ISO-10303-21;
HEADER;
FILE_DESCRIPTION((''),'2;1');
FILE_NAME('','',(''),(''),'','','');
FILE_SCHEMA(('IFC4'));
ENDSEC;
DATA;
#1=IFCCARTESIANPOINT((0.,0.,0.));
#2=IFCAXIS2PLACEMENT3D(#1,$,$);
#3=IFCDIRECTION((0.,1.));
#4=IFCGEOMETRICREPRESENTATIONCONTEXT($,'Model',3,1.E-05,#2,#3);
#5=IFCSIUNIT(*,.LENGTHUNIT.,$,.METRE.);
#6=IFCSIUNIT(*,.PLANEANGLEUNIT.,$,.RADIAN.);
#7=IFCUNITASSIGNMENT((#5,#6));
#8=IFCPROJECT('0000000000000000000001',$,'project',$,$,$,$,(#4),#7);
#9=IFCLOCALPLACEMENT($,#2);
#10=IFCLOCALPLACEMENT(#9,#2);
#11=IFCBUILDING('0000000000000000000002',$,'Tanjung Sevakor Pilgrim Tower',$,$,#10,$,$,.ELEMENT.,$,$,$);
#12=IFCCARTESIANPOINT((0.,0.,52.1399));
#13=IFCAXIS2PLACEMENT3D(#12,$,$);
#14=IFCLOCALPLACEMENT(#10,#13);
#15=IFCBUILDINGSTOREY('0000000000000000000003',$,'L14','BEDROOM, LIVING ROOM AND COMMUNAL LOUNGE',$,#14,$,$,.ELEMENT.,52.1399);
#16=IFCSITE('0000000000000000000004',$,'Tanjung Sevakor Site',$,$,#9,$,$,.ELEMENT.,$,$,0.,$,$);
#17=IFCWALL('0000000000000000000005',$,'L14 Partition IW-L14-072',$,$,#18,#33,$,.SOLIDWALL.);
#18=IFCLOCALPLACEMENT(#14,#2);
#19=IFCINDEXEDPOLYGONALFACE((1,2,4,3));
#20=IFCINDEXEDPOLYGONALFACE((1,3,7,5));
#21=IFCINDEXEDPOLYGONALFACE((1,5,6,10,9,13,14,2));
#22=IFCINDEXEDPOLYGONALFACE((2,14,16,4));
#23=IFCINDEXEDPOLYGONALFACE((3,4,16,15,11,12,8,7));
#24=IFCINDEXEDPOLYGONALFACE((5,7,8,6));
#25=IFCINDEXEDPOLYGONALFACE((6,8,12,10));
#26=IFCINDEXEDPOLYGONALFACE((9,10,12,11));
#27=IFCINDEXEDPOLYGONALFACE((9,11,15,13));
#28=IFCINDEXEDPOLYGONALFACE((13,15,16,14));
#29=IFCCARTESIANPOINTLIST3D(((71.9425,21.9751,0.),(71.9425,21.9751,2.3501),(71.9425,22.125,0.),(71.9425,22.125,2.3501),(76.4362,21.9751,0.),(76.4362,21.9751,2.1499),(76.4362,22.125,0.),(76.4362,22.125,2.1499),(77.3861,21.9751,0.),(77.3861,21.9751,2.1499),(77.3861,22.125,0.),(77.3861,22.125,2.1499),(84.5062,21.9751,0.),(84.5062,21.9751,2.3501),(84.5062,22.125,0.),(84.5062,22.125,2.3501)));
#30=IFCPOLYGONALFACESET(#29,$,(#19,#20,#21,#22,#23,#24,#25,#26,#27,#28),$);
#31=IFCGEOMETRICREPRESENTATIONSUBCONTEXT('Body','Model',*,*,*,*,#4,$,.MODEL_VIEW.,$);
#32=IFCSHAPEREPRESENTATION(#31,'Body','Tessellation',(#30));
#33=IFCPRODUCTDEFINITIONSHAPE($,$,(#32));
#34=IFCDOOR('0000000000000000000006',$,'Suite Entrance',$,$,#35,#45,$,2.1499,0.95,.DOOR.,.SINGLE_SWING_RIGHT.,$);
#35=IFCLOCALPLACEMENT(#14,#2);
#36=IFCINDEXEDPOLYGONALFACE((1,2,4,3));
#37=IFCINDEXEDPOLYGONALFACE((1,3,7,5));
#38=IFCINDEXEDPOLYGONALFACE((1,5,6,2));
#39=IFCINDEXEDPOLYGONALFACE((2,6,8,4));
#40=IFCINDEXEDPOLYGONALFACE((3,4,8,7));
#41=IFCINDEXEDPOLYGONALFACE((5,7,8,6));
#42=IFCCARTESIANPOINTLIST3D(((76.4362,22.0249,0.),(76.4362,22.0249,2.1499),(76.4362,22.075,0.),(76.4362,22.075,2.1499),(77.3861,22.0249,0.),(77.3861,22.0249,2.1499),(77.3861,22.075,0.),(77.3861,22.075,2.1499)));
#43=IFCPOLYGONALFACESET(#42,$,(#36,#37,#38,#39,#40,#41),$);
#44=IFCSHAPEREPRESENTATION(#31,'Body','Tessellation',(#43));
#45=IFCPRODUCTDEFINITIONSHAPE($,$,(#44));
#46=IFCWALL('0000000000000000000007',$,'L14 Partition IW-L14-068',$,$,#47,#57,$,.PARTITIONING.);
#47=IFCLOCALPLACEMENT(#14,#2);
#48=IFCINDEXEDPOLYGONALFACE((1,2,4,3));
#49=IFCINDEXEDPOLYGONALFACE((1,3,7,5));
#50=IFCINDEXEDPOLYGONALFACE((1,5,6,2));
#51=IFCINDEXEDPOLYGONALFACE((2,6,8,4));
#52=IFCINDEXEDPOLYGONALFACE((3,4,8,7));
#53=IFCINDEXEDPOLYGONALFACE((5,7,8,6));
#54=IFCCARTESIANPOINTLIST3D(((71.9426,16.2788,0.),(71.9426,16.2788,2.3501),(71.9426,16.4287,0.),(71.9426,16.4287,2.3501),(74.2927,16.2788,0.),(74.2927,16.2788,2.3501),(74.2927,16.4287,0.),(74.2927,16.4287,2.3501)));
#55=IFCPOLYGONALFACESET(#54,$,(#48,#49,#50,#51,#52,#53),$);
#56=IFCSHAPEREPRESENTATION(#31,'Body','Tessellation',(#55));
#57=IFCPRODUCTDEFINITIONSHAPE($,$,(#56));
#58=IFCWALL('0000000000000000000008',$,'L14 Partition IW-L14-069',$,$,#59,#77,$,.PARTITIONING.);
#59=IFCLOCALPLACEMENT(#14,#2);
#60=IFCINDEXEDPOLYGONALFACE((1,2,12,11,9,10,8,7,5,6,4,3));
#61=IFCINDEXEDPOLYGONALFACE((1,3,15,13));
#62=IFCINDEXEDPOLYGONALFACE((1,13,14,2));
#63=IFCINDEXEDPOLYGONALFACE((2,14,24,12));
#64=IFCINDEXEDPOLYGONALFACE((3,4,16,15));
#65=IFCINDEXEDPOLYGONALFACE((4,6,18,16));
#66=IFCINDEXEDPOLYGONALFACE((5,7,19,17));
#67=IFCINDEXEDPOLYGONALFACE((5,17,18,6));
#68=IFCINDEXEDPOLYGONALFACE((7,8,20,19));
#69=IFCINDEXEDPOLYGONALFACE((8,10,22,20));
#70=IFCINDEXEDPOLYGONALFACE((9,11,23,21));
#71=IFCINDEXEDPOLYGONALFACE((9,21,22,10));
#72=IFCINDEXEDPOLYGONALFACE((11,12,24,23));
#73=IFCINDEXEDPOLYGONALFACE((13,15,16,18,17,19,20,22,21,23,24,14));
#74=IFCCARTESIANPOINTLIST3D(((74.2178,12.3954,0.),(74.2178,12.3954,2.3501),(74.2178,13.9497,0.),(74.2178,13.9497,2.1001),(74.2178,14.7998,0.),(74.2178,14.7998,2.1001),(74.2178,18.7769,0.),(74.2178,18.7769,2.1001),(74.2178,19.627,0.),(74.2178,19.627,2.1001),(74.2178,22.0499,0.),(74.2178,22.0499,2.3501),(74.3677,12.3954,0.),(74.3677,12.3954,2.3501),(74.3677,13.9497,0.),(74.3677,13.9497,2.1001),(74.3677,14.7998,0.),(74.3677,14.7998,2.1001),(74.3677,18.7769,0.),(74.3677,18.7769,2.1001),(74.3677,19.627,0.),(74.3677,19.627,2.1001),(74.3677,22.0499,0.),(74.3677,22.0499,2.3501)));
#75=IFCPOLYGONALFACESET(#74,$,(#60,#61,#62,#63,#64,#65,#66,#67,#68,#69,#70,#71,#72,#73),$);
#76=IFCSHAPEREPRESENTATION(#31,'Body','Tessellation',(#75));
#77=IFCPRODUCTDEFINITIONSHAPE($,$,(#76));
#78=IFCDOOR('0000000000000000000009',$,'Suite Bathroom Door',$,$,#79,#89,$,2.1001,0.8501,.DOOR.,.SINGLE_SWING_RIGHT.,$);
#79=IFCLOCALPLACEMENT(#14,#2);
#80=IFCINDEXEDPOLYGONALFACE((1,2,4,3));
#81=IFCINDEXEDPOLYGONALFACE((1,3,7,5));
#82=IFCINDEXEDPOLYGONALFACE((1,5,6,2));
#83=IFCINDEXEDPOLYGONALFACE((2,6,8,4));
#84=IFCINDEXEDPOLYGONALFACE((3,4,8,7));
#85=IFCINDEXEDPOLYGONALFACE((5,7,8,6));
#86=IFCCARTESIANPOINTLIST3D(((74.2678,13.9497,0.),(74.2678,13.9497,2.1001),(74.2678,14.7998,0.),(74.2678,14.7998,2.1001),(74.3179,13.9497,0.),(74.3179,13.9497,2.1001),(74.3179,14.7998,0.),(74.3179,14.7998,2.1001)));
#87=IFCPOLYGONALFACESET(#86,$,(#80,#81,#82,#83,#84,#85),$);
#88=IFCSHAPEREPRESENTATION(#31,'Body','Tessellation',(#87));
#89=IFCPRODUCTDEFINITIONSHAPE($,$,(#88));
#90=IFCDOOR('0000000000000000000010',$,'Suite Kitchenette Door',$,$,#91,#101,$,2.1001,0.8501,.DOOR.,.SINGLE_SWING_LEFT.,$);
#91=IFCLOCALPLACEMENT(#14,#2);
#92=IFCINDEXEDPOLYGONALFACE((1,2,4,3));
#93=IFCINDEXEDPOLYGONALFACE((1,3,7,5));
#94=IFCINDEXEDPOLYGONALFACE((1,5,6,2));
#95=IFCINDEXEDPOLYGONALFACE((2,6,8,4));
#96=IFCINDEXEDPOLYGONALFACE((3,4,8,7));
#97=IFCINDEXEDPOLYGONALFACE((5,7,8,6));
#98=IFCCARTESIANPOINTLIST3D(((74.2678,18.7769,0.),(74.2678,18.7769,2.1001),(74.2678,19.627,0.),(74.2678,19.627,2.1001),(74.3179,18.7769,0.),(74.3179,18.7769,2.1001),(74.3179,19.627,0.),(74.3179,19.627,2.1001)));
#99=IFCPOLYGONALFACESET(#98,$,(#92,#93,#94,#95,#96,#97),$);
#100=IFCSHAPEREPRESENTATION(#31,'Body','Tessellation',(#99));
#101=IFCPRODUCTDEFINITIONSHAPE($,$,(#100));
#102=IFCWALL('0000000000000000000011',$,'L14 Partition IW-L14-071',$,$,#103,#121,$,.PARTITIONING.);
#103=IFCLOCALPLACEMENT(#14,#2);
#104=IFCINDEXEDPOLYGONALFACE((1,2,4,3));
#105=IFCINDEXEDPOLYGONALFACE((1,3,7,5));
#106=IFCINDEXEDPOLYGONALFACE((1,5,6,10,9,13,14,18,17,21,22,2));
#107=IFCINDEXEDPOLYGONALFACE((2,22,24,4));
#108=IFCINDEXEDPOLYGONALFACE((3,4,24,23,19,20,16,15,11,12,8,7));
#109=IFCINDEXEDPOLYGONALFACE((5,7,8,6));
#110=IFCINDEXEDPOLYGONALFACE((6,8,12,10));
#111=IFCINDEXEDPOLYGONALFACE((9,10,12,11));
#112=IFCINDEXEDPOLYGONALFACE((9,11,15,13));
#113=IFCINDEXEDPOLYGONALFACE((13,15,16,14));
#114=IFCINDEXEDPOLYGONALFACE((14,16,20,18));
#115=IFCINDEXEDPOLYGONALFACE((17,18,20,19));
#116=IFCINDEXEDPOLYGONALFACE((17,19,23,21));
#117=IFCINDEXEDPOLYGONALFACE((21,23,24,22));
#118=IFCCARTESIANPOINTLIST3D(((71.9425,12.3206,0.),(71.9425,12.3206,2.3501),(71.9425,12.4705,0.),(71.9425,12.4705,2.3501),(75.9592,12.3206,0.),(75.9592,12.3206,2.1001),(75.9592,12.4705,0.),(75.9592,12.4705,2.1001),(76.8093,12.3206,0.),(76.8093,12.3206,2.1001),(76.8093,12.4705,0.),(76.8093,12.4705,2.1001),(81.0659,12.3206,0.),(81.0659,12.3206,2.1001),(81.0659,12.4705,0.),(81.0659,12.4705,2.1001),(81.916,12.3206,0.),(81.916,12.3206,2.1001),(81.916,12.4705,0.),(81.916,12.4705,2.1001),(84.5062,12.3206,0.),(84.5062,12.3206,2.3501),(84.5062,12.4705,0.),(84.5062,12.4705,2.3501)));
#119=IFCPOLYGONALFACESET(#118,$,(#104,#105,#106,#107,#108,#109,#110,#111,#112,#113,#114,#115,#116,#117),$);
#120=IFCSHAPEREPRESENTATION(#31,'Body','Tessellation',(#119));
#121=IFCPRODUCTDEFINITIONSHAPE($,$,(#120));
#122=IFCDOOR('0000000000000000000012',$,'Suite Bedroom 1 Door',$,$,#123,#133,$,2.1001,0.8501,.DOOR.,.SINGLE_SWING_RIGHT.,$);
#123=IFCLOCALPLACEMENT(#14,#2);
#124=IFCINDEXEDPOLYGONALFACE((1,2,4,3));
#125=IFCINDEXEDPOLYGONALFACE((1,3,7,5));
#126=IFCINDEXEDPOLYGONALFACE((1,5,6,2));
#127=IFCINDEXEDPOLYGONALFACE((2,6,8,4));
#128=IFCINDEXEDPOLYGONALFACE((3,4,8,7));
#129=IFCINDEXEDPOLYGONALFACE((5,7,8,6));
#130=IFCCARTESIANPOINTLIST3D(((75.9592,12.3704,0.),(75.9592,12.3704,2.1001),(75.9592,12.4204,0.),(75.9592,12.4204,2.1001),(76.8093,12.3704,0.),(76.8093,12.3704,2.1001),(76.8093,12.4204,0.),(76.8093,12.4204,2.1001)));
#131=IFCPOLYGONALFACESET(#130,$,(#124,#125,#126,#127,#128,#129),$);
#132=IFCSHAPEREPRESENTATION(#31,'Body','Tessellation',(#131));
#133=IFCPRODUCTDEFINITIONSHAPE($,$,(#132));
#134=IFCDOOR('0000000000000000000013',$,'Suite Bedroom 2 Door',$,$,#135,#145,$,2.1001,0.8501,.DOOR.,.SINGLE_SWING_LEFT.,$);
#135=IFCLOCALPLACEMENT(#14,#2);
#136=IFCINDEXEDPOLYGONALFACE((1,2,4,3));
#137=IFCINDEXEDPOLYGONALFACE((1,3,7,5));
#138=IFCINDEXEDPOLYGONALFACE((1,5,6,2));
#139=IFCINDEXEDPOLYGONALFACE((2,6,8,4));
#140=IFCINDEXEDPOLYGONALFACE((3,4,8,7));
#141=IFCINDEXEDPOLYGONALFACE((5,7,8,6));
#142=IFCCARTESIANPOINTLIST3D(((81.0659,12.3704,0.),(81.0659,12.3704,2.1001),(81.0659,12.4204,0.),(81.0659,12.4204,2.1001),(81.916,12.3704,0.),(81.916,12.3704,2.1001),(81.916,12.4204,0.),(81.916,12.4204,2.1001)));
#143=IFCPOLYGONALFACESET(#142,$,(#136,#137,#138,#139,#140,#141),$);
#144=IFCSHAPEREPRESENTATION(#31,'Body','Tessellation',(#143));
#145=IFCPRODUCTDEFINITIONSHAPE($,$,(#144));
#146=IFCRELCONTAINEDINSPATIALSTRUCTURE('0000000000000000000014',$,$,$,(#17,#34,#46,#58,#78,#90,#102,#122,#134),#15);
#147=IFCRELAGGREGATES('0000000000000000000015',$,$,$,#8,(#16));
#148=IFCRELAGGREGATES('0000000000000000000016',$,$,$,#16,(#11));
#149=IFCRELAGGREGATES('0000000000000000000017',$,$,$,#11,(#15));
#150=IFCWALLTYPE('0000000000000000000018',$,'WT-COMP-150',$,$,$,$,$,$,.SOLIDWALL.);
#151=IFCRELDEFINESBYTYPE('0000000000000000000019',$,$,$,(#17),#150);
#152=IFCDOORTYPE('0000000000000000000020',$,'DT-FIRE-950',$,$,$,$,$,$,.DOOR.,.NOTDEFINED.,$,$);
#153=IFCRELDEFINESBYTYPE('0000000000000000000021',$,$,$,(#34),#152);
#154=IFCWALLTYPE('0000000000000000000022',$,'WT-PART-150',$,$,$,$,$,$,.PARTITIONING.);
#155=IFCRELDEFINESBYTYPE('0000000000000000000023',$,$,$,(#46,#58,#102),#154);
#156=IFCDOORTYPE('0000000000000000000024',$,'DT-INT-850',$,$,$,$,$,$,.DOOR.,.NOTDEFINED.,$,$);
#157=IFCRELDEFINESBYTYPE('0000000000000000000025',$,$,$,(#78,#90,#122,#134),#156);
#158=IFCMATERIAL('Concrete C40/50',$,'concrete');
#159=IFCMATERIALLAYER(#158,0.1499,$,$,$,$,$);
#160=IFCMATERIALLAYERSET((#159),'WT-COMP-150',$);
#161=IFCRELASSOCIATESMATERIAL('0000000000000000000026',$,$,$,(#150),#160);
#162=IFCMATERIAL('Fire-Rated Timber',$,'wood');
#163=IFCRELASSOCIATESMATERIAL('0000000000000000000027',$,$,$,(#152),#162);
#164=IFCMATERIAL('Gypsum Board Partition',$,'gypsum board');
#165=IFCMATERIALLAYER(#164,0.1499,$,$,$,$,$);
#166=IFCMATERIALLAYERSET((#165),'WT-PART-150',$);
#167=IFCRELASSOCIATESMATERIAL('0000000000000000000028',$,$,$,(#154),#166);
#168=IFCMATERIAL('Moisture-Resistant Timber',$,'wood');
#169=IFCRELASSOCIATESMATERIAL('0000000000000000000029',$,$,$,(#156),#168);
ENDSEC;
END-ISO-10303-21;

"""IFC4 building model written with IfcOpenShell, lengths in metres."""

from ifc_helpers import new_model, si_unit, direction, frame, frame_2d, origin, place, context, subcontext, project, spatial, rectangle, extrude, material, layer, layer_set, type_object, element, fill, save


model = new_model("IFC4")

# Units and contexts
model_context = context("Model", 3, precision=1e-05, world=origin(), true_north=direction((0.0, 1.0)))
body_context = subcontext(model_context, "Body", "Model", "MODEL_VIEW")
ifc_project = project(units=[si_unit("LENGTHUNIT", "METRE"), si_unit("PLANEANGLEUNIT", "RADIAN")], contexts=[model_context])

# Site, building, storey
site_placement = place(None, origin())
site = spatial("IfcSite", under=ifc_project, at=site_placement, Name="Tanjung Sevakor Site", CompositionType="ELEMENT", RefElevation=0.0)
building_placement = place(site_placement, origin())
building = spatial("IfcBuilding", under=site, at=building_placement, Name="Tanjung Sevakor Pilgrim Tower", CompositionType="ELEMENT")
storey_placement = place(building_placement, frame((0.0, 0.0, 52.1399)))
storey = spatial("IfcBuildingStorey", under=building, at=storey_placement, Name="L14", Description="BEDROOM, LIVING ROOM AND COMMUNAL LOUNGE", CompositionType="ELEMENT", Elevation=52.1399)

# Wall, opening, door
ifc_material_1 = material(Name="Concrete C40/50", Category="concrete")
ifc_layer_1 = layer(ifc_material_1, 0.1499)
ifc_layer_set_1 = layer_set([ifc_layer_1], Name="WT-COMP-150")
wall_type_1 = type_object("IfcWallType", Name="WT-COMP-150", PredefinedType="SOLIDWALL", material=ifc_layer_set_1)
wall_1_placement = place(storey_placement, frame((71.9426, 22.05, 0.0), z_axis=(0.0, 0.0, 1.0), x_axis=(1.0, 0.0, 0.0)))
wall_1 = element("IfcWall", 1, at=wall_1_placement, inside=storey, type_object=wall_type_1, Name="L14 Partition IW-L14-072", PredefinedType="SOLIDWALL", context=body_context, shape_type="SweptSolid", body=[
    extrude(rectangle(XDim=12.5637, YDim=0.1499, at=frame_2d((6.2817, 0.0))), origin(), (0.0, 0.0, 1.0), 2.3501),
])
opening_1_placement = place(wall_1_placement, frame((4.4934, 0.0, 0.0)))
opening_1 = element("IfcOpeningElement", 2, at=opening_1_placement, cuts=wall_1, PredefinedType="OPENING", context=body_context, shape_type="SweptSolid", body=[
    extrude(rectangle(XDim=0.95, YDim=2.1499, at=frame_2d((0.4751, 1.075))), frame((0.0, 0.085, 0.0), z_axis=(0.0, -1.0, 0.0), x_axis=(1.0, 0.0, 0.0)), (0.0, 0.0, 1.0), 0.1699),
])
ifc_material_2 = material(Name="Fire-Rated Timber", Category="wood")
door_type_1 = type_object("IfcDoorType", Name="DT-FIRE-950", OperationType="NOTDEFINED", PredefinedType="DOOR", material=ifc_material_2)
door_1_placement = place(opening_1_placement, origin())
door_1 = element("IfcDoor", 3, at=door_1_placement, inside=storey, type_object=door_type_1, Name="Suite Entrance", OperationType="SINGLE_SWING_RIGHT", OverallHeight=2.1499, OverallWidth=0.95, PredefinedType="DOOR", context=body_context, shape_type="SweptSolid", body=[
    extrude(rectangle(XDim=0.95, YDim=2.1499, at=frame_2d((0.4751, 1.075))), frame((0.0, 0.0249, 0.0), z_axis=(0.0, -1.0, 0.0), x_axis=(1.0, 0.0, 0.0)), (0.0, 0.0, 1.0), 0.05),
])
fill(opening_1, door_1)

# Wall
ifc_material_3 = material(Name="Gypsum Board Partition", Category="gypsum board")
ifc_layer_2 = layer(ifc_material_3, 0.1499)
ifc_layer_set_2 = layer_set([ifc_layer_2], Name="WT-PART-150")
wall_type_2 = type_object("IfcWallType", Name="WT-PART-150", PredefinedType="PARTITIONING", material=ifc_layer_set_2)
wall_2_placement = place(storey_placement, frame((71.9426, 16.3538, 0.0), z_axis=(0.0, 0.0, 1.0), x_axis=(1.0, 0.0, 0.0)))
element("IfcWall", 4, at=wall_2_placement, inside=storey, type_object=wall_type_2, Name="L14 Partition IW-L14-068", PredefinedType="PARTITIONING", context=body_context, shape_type="SweptSolid", body=[
    extrude(rectangle(XDim=2.3501, YDim=0.1499, at=frame_2d((1.175, 0.0))), origin(), (0.0, 0.0, 1.0), 2.3501),
])

# Walls, openings, doors
wall_3_placement = place(storey_placement, frame((74.2927, 12.3955, 0.0), z_axis=(0.0, 0.0, 1.0), x_axis=(0.0, 1.0, 0.0)))
wall_3 = element("IfcWall", 5, at=wall_3_placement, inside=storey, type_object=wall_type_2, Name="L14 Partition IW-L14-069", PredefinedType="PARTITIONING", context=body_context, shape_type="SweptSolid", body=[
    extrude(rectangle(XDim=9.6545, YDim=0.1499, at=frame_2d((4.8271, 0.0))), origin(), (0.0, 0.0, 1.0), 2.3501),
])
opening_2_placement = place(wall_3_placement, frame((1.5542, 0.0, 0.0)))
opening_2 = element("IfcOpeningElement", 6, at=opening_2_placement, cuts=wall_3, PredefinedType="OPENING", context=body_context, shape_type="SweptSolid", body=[
    extrude(rectangle(XDim=0.8501, YDim=2.1001, at=frame_2d((0.425, 1.05))), frame((0.0, 0.085, 0.0), z_axis=(0.0, -1.0, 0.0), x_axis=(1.0, 0.0, 0.0)), (0.0, 0.0, 1.0), 0.1699),
])
opening_3_placement = place(wall_3_placement, frame((6.3813, 0.0, 0.0)))
opening_3 = element("IfcOpeningElement", 7, at=opening_3_placement, cuts=wall_3, PredefinedType="OPENING", context=body_context, shape_type="SweptSolid", body=[
    extrude(rectangle(XDim=0.8501, YDim=2.1001, at=frame_2d((0.425, 1.05))), frame((0.0, 0.085, 0.0), z_axis=(0.0, -1.0, 0.0), x_axis=(1.0, 0.0, 0.0)), (0.0, 0.0, 1.0), 0.1699),
])
ifc_material_4 = material(Name="Moisture-Resistant Timber", Category="wood")
door_type_2 = type_object("IfcDoorType", Name="DT-INT-850", OperationType="NOTDEFINED", PredefinedType="DOOR", material=ifc_material_4)
door_2_placement = place(opening_2_placement, origin())
door_2 = element("IfcDoor", 8, at=door_2_placement, inside=storey, type_object=door_type_2, Name="Suite Bathroom Door", OperationType="SINGLE_SWING_RIGHT", OverallHeight=2.1001, OverallWidth=0.8501, PredefinedType="DOOR", context=body_context, shape_type="SweptSolid", body=[
    extrude(rectangle(XDim=0.8501, YDim=2.1001, at=frame_2d((0.425, 1.05))), frame((0.0, 0.0249, 0.0), z_axis=(0.0, -1.0, 0.0), x_axis=(1.0, 0.0, 0.0)), (0.0, 0.0, 1.0), 0.05),
])
fill(opening_2, door_2)
door_3_placement = place(opening_3_placement, origin())
door_3 = element("IfcDoor", 9, at=door_3_placement, inside=storey, type_object=door_type_2, Name="Suite Kitchenette Door", OperationType="SINGLE_SWING_LEFT", OverallHeight=2.1001, OverallWidth=0.8501, PredefinedType="DOOR", context=body_context, shape_type="SweptSolid", body=[
    extrude(rectangle(XDim=0.8501, YDim=2.1001, at=frame_2d((0.425, 1.05))), frame((0.0, 0.0249, 0.0), z_axis=(0.0, -1.0, 0.0), x_axis=(1.0, 0.0, 0.0)), (0.0, 0.0, 1.0), 0.05),
])
fill(opening_3, door_3)
wall_4_placement = place(storey_placement, frame((71.9426, 12.3955, 0.0), z_axis=(0.0, 0.0, 1.0), x_axis=(1.0, 0.0, 0.0)))
wall_4 = element("IfcWall", 10, at=wall_4_placement, inside=storey, type_object=wall_type_2, Name="L14 Partition IW-L14-071", PredefinedType="PARTITIONING", context=body_context, shape_type="SweptSolid", body=[
    extrude(rectangle(XDim=12.5637, YDim=0.1499, at=frame_2d((6.2817, 0.0))), origin(), (0.0, 0.0, 1.0), 2.3501),
])
opening_4_placement = place(wall_4_placement, frame((4.0166, 0.0, 0.0)))
opening_4 = element("IfcOpeningElement", 11, at=opening_4_placement, cuts=wall_4, PredefinedType="OPENING", context=body_context, shape_type="SweptSolid", body=[
    extrude(rectangle(XDim=0.8501, YDim=2.1001, at=frame_2d((0.425, 1.05))), frame((0.0, 0.085, 0.0), z_axis=(0.0, -1.0, 0.0), x_axis=(1.0, 0.0, 0.0)), (0.0, 0.0, 1.0), 0.1699),
])
opening_5_placement = place(wall_4_placement, frame((9.1233, 0.0, 0.0)))
opening_5 = element("IfcOpeningElement", 12, at=opening_5_placement, cuts=wall_4, PredefinedType="OPENING", context=body_context, shape_type="SweptSolid", body=[
    extrude(rectangle(XDim=0.8501, YDim=2.1001, at=frame_2d((0.425, 1.05))), frame((0.0, 0.085, 0.0), z_axis=(0.0, -1.0, 0.0), x_axis=(1.0, 0.0, 0.0)), (0.0, 0.0, 1.0), 0.1699),
])
door_4_placement = place(opening_4_placement, origin())
door_4 = element("IfcDoor", 13, at=door_4_placement, inside=storey, type_object=door_type_2, Name="Suite Bedroom 1 Door", OperationType="SINGLE_SWING_RIGHT", OverallHeight=2.1001, OverallWidth=0.8501, PredefinedType="DOOR", context=body_context, shape_type="SweptSolid", body=[
    extrude(rectangle(XDim=0.8501, YDim=2.1001, at=frame_2d((0.425, 1.05))), frame((0.0, 0.0249, 0.0), z_axis=(0.0, -1.0, 0.0), x_axis=(1.0, 0.0, 0.0)), (0.0, 0.0, 1.0), 0.05),
])
fill(opening_4, door_4)
door_5_placement = place(opening_5_placement, origin())
door_5 = element("IfcDoor", 14, at=door_5_placement, inside=storey, type_object=door_type_2, Name="Suite Bedroom 2 Door", OperationType="SINGLE_SWING_LEFT", OverallHeight=2.1001, OverallWidth=0.8501, PredefinedType="DOOR", context=body_context, shape_type="SweptSolid", body=[
    extrude(rectangle(XDim=0.8501, YDim=2.1001, at=frame_2d((0.425, 1.05))), frame((0.0, 0.0249, 0.0), z_axis=(0.0, -1.0, 0.0), x_axis=(1.0, 0.0, 0.0)), (0.0, 0.0, 1.0), 0.05),
])
fill(opening_5, door_5)

save(model, "model.ifc")
